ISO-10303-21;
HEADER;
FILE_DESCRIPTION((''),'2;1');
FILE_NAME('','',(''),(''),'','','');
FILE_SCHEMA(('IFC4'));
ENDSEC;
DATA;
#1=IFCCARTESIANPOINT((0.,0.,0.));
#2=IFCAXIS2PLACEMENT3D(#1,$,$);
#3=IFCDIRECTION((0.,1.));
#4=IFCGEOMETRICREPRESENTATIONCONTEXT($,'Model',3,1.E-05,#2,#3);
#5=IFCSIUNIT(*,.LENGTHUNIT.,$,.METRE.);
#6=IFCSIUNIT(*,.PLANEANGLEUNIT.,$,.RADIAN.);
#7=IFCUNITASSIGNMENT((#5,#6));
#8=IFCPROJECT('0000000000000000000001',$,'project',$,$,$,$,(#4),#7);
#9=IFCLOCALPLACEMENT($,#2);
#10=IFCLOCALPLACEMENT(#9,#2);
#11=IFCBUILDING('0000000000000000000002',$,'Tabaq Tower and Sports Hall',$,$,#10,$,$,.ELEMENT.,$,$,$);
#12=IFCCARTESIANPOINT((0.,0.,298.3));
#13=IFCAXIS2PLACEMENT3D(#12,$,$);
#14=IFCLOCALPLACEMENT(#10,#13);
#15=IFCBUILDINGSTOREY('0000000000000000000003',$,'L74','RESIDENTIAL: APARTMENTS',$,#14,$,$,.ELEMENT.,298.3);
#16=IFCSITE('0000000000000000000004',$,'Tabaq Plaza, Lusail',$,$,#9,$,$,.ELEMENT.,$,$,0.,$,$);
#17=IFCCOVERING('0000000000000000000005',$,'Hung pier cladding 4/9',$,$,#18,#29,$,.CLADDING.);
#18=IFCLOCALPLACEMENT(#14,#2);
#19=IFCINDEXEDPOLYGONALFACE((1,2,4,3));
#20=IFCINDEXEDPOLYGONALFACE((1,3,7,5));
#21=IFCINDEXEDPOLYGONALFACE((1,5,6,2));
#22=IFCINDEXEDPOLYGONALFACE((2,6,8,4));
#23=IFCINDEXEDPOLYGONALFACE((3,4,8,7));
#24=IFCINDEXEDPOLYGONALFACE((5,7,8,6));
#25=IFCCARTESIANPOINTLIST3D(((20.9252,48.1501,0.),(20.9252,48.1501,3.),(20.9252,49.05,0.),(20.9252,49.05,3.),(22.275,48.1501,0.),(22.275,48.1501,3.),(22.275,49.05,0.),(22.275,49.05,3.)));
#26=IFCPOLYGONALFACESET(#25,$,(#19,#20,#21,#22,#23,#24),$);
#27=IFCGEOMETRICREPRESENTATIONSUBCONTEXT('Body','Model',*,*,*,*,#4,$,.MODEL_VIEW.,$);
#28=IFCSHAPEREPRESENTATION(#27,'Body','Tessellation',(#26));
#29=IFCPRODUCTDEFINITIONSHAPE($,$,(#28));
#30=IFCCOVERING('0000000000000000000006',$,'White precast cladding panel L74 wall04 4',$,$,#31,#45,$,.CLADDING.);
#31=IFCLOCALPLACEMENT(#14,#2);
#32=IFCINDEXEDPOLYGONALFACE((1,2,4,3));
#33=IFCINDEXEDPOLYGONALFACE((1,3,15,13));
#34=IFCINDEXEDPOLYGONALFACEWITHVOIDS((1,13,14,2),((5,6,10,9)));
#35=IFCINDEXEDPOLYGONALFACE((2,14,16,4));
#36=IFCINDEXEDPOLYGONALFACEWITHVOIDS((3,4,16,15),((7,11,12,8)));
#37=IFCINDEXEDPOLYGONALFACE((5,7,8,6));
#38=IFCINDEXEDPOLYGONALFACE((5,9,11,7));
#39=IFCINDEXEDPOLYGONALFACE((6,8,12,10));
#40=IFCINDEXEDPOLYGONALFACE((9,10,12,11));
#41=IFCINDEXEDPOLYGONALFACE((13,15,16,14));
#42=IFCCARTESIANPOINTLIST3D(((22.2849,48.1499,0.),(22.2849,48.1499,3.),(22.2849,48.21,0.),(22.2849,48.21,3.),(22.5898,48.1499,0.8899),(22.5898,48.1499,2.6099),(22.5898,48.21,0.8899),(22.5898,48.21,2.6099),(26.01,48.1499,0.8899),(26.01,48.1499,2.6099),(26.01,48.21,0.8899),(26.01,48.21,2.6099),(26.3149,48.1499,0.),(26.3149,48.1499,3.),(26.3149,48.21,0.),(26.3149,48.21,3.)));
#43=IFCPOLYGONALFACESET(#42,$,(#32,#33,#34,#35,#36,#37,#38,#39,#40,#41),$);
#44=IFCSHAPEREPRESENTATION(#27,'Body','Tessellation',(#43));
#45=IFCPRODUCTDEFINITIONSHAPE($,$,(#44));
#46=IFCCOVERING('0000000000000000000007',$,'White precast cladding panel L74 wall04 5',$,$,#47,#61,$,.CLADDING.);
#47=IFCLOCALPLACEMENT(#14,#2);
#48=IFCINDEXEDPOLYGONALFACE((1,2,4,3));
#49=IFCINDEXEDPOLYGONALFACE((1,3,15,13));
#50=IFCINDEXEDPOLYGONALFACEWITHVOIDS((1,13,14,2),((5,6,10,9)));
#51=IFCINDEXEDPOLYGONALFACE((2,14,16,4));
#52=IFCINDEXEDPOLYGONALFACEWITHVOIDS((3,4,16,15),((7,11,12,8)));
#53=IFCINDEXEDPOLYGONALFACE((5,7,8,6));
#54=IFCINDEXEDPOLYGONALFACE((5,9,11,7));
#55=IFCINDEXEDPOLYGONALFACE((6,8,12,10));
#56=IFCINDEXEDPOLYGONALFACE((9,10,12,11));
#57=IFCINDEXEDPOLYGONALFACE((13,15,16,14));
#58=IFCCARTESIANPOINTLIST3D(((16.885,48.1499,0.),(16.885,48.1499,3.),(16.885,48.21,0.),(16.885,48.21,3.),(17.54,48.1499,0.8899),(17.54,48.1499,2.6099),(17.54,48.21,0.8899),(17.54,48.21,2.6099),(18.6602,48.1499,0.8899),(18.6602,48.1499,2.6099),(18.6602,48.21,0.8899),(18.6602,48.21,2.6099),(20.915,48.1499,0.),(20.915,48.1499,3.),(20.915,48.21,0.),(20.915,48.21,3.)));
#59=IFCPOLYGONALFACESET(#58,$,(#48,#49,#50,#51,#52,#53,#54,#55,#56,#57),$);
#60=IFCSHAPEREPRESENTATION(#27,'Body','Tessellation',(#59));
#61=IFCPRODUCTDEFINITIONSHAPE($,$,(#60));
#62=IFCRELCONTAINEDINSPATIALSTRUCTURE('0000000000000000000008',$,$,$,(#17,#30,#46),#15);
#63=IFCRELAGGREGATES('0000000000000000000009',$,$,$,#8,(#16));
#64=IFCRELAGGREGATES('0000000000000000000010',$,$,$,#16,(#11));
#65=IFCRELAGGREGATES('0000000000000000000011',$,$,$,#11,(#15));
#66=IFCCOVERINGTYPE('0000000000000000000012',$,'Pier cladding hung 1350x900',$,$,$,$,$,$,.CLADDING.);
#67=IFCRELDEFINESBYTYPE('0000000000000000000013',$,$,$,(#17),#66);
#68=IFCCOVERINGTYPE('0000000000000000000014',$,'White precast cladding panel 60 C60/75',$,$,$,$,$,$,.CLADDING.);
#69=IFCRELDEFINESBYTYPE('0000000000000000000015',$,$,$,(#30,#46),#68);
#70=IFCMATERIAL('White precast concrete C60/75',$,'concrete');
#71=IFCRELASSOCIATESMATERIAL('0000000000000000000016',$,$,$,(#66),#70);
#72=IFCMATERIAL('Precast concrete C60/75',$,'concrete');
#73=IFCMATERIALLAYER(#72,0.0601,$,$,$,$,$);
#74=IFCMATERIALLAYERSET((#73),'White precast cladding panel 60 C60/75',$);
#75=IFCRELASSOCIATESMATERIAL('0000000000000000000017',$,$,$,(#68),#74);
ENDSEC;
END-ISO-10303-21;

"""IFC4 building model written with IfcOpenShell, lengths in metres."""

from ifc_helpers import new_model, si_unit, direction, frame, frame_2d, origin, place, context, subcontext, project, spatial, polyline, rectangle, outline, extrude, material, layer, layer_set, type_object, element, save


model = new_model("IFC4")

# Units and contexts
model_context = context("Model", 3, precision=1e-05, world=origin(), true_north=direction((0.0, 1.0)))
body_context = subcontext(model_context, "Body", "Model", "MODEL_VIEW")
ifc_project = project(units=[si_unit("LENGTHUNIT", "METRE"), si_unit("PLANEANGLEUNIT", "RADIAN")], contexts=[model_context])

# Site, building, storey
site_placement = place(None, origin())
site = spatial("IfcSite", under=ifc_project, at=site_placement, Name="Tabaq Plaza, Lusail", CompositionType="ELEMENT", RefElevation=0.0)
building_placement = place(site_placement, origin())
building = spatial("IfcBuilding", under=site, at=building_placement, Name="Tabaq Tower and Sports Hall", CompositionType="ELEMENT")
storey_placement = place(building_placement, frame((0.0, 0.0, 298.3)))
storey = spatial("IfcBuildingStorey", under=building, at=storey_placement, Name="L74", Description="RESIDENTIAL: APARTMENTS", CompositionType="ELEMENT", Elevation=298.3)

# Coverings
ifc_material_1 = material(Name="White precast concrete C60/75", Category="concrete")
covering_type_1 = type_object("IfcCoveringType", Name="Pier cladding hung 1350x900", PredefinedType="CLADDING", material=ifc_material_1)
covering_1_placement = place(storey_placement, frame((22.2749, 48.6001, 0.0), z_axis=(0.0, 0.0, 1.0), x_axis=(-1.0, 0.0, 0.0)))
element("IfcCovering", 1, at=covering_1_placement, inside=storey, type_object=covering_type_1, Name="Hung pier cladding 4/9", PredefinedType="CLADDING", context=body_context, shape_type="SweptSolid", body=[
    extrude(rectangle(XDim=1.3499, YDim=0.8999, at=frame_2d((0.6748, 0.0))), origin(), (0.0, 0.0, 1.0), 3.0),
])
ifc_material_2 = material(Name="Precast concrete C60/75", Category="concrete")
ifc_layer_1 = layer(ifc_material_2, 0.0601)
ifc_layer_set_1 = layer_set([ifc_layer_1], Name="White precast cladding panel 60 C60/75")
covering_type_2 = type_object("IfcCoveringType", Name="White precast cladding panel 60 C60/75", PredefinedType="CLADDING", material=ifc_layer_set_1)
covering_2_placement = place(storey_placement, frame((26.3149, 48.1799, 0.0), z_axis=(0.0, 0.0, 1.0), x_axis=(-1.0, 0.0, 0.0)))
element("IfcCovering", 2, at=covering_2_placement, inside=storey, type_object=covering_type_2, Name="White precast cladding panel L74 wall04 4", PredefinedType="CLADDING", context=body_context, shape_type="SweptSolid", body=[
    extrude(outline(polyline([(0.0, 0.0), (4.03, 0.0), (4.03, 3.0), (0.0, 3.0), (0.0, 0.0)]), holes=[polyline([(0.3049, 0.8899), (0.3049, 2.6099), (3.7251, 2.6099), (3.7251, 0.8899), (0.3049, 0.8899)])]), frame((0.0, 0.03, 0.0), z_axis=(0.0, -1.0, 0.0), x_axis=(1.0, 0.0, 0.0)), (0.0, 0.0, 1.0), 0.0601),
])
covering_3_placement = place(storey_placement, frame((20.915, 48.1799, 0.0), z_axis=(0.0, 0.0, 1.0), x_axis=(-1.0, 0.0, 0.0)))
element("IfcCovering", 3, at=covering_3_placement, inside=storey, type_object=covering_type_2, Name="White precast cladding panel L74 wall04 5", PredefinedType="CLADDING", context=body_context, shape_type="SweptSolid", body=[
    extrude(outline(polyline([(0.0, 0.0), (4.03, 0.0), (4.03, 3.0), (0.0, 3.0), (0.0, 0.0)]), holes=[polyline([(2.2549, 0.8899), (2.2549, 2.6099), (3.375, 2.6099), (3.375, 0.8899), (2.2549, 0.8899)])]), frame((0.0, 0.03, 0.0), z_axis=(0.0, -1.0, 0.0), x_axis=(1.0, 0.0, 0.0)), (0.0, 0.0, 1.0), 0.0601),
])

save(model, "model.ifc")
